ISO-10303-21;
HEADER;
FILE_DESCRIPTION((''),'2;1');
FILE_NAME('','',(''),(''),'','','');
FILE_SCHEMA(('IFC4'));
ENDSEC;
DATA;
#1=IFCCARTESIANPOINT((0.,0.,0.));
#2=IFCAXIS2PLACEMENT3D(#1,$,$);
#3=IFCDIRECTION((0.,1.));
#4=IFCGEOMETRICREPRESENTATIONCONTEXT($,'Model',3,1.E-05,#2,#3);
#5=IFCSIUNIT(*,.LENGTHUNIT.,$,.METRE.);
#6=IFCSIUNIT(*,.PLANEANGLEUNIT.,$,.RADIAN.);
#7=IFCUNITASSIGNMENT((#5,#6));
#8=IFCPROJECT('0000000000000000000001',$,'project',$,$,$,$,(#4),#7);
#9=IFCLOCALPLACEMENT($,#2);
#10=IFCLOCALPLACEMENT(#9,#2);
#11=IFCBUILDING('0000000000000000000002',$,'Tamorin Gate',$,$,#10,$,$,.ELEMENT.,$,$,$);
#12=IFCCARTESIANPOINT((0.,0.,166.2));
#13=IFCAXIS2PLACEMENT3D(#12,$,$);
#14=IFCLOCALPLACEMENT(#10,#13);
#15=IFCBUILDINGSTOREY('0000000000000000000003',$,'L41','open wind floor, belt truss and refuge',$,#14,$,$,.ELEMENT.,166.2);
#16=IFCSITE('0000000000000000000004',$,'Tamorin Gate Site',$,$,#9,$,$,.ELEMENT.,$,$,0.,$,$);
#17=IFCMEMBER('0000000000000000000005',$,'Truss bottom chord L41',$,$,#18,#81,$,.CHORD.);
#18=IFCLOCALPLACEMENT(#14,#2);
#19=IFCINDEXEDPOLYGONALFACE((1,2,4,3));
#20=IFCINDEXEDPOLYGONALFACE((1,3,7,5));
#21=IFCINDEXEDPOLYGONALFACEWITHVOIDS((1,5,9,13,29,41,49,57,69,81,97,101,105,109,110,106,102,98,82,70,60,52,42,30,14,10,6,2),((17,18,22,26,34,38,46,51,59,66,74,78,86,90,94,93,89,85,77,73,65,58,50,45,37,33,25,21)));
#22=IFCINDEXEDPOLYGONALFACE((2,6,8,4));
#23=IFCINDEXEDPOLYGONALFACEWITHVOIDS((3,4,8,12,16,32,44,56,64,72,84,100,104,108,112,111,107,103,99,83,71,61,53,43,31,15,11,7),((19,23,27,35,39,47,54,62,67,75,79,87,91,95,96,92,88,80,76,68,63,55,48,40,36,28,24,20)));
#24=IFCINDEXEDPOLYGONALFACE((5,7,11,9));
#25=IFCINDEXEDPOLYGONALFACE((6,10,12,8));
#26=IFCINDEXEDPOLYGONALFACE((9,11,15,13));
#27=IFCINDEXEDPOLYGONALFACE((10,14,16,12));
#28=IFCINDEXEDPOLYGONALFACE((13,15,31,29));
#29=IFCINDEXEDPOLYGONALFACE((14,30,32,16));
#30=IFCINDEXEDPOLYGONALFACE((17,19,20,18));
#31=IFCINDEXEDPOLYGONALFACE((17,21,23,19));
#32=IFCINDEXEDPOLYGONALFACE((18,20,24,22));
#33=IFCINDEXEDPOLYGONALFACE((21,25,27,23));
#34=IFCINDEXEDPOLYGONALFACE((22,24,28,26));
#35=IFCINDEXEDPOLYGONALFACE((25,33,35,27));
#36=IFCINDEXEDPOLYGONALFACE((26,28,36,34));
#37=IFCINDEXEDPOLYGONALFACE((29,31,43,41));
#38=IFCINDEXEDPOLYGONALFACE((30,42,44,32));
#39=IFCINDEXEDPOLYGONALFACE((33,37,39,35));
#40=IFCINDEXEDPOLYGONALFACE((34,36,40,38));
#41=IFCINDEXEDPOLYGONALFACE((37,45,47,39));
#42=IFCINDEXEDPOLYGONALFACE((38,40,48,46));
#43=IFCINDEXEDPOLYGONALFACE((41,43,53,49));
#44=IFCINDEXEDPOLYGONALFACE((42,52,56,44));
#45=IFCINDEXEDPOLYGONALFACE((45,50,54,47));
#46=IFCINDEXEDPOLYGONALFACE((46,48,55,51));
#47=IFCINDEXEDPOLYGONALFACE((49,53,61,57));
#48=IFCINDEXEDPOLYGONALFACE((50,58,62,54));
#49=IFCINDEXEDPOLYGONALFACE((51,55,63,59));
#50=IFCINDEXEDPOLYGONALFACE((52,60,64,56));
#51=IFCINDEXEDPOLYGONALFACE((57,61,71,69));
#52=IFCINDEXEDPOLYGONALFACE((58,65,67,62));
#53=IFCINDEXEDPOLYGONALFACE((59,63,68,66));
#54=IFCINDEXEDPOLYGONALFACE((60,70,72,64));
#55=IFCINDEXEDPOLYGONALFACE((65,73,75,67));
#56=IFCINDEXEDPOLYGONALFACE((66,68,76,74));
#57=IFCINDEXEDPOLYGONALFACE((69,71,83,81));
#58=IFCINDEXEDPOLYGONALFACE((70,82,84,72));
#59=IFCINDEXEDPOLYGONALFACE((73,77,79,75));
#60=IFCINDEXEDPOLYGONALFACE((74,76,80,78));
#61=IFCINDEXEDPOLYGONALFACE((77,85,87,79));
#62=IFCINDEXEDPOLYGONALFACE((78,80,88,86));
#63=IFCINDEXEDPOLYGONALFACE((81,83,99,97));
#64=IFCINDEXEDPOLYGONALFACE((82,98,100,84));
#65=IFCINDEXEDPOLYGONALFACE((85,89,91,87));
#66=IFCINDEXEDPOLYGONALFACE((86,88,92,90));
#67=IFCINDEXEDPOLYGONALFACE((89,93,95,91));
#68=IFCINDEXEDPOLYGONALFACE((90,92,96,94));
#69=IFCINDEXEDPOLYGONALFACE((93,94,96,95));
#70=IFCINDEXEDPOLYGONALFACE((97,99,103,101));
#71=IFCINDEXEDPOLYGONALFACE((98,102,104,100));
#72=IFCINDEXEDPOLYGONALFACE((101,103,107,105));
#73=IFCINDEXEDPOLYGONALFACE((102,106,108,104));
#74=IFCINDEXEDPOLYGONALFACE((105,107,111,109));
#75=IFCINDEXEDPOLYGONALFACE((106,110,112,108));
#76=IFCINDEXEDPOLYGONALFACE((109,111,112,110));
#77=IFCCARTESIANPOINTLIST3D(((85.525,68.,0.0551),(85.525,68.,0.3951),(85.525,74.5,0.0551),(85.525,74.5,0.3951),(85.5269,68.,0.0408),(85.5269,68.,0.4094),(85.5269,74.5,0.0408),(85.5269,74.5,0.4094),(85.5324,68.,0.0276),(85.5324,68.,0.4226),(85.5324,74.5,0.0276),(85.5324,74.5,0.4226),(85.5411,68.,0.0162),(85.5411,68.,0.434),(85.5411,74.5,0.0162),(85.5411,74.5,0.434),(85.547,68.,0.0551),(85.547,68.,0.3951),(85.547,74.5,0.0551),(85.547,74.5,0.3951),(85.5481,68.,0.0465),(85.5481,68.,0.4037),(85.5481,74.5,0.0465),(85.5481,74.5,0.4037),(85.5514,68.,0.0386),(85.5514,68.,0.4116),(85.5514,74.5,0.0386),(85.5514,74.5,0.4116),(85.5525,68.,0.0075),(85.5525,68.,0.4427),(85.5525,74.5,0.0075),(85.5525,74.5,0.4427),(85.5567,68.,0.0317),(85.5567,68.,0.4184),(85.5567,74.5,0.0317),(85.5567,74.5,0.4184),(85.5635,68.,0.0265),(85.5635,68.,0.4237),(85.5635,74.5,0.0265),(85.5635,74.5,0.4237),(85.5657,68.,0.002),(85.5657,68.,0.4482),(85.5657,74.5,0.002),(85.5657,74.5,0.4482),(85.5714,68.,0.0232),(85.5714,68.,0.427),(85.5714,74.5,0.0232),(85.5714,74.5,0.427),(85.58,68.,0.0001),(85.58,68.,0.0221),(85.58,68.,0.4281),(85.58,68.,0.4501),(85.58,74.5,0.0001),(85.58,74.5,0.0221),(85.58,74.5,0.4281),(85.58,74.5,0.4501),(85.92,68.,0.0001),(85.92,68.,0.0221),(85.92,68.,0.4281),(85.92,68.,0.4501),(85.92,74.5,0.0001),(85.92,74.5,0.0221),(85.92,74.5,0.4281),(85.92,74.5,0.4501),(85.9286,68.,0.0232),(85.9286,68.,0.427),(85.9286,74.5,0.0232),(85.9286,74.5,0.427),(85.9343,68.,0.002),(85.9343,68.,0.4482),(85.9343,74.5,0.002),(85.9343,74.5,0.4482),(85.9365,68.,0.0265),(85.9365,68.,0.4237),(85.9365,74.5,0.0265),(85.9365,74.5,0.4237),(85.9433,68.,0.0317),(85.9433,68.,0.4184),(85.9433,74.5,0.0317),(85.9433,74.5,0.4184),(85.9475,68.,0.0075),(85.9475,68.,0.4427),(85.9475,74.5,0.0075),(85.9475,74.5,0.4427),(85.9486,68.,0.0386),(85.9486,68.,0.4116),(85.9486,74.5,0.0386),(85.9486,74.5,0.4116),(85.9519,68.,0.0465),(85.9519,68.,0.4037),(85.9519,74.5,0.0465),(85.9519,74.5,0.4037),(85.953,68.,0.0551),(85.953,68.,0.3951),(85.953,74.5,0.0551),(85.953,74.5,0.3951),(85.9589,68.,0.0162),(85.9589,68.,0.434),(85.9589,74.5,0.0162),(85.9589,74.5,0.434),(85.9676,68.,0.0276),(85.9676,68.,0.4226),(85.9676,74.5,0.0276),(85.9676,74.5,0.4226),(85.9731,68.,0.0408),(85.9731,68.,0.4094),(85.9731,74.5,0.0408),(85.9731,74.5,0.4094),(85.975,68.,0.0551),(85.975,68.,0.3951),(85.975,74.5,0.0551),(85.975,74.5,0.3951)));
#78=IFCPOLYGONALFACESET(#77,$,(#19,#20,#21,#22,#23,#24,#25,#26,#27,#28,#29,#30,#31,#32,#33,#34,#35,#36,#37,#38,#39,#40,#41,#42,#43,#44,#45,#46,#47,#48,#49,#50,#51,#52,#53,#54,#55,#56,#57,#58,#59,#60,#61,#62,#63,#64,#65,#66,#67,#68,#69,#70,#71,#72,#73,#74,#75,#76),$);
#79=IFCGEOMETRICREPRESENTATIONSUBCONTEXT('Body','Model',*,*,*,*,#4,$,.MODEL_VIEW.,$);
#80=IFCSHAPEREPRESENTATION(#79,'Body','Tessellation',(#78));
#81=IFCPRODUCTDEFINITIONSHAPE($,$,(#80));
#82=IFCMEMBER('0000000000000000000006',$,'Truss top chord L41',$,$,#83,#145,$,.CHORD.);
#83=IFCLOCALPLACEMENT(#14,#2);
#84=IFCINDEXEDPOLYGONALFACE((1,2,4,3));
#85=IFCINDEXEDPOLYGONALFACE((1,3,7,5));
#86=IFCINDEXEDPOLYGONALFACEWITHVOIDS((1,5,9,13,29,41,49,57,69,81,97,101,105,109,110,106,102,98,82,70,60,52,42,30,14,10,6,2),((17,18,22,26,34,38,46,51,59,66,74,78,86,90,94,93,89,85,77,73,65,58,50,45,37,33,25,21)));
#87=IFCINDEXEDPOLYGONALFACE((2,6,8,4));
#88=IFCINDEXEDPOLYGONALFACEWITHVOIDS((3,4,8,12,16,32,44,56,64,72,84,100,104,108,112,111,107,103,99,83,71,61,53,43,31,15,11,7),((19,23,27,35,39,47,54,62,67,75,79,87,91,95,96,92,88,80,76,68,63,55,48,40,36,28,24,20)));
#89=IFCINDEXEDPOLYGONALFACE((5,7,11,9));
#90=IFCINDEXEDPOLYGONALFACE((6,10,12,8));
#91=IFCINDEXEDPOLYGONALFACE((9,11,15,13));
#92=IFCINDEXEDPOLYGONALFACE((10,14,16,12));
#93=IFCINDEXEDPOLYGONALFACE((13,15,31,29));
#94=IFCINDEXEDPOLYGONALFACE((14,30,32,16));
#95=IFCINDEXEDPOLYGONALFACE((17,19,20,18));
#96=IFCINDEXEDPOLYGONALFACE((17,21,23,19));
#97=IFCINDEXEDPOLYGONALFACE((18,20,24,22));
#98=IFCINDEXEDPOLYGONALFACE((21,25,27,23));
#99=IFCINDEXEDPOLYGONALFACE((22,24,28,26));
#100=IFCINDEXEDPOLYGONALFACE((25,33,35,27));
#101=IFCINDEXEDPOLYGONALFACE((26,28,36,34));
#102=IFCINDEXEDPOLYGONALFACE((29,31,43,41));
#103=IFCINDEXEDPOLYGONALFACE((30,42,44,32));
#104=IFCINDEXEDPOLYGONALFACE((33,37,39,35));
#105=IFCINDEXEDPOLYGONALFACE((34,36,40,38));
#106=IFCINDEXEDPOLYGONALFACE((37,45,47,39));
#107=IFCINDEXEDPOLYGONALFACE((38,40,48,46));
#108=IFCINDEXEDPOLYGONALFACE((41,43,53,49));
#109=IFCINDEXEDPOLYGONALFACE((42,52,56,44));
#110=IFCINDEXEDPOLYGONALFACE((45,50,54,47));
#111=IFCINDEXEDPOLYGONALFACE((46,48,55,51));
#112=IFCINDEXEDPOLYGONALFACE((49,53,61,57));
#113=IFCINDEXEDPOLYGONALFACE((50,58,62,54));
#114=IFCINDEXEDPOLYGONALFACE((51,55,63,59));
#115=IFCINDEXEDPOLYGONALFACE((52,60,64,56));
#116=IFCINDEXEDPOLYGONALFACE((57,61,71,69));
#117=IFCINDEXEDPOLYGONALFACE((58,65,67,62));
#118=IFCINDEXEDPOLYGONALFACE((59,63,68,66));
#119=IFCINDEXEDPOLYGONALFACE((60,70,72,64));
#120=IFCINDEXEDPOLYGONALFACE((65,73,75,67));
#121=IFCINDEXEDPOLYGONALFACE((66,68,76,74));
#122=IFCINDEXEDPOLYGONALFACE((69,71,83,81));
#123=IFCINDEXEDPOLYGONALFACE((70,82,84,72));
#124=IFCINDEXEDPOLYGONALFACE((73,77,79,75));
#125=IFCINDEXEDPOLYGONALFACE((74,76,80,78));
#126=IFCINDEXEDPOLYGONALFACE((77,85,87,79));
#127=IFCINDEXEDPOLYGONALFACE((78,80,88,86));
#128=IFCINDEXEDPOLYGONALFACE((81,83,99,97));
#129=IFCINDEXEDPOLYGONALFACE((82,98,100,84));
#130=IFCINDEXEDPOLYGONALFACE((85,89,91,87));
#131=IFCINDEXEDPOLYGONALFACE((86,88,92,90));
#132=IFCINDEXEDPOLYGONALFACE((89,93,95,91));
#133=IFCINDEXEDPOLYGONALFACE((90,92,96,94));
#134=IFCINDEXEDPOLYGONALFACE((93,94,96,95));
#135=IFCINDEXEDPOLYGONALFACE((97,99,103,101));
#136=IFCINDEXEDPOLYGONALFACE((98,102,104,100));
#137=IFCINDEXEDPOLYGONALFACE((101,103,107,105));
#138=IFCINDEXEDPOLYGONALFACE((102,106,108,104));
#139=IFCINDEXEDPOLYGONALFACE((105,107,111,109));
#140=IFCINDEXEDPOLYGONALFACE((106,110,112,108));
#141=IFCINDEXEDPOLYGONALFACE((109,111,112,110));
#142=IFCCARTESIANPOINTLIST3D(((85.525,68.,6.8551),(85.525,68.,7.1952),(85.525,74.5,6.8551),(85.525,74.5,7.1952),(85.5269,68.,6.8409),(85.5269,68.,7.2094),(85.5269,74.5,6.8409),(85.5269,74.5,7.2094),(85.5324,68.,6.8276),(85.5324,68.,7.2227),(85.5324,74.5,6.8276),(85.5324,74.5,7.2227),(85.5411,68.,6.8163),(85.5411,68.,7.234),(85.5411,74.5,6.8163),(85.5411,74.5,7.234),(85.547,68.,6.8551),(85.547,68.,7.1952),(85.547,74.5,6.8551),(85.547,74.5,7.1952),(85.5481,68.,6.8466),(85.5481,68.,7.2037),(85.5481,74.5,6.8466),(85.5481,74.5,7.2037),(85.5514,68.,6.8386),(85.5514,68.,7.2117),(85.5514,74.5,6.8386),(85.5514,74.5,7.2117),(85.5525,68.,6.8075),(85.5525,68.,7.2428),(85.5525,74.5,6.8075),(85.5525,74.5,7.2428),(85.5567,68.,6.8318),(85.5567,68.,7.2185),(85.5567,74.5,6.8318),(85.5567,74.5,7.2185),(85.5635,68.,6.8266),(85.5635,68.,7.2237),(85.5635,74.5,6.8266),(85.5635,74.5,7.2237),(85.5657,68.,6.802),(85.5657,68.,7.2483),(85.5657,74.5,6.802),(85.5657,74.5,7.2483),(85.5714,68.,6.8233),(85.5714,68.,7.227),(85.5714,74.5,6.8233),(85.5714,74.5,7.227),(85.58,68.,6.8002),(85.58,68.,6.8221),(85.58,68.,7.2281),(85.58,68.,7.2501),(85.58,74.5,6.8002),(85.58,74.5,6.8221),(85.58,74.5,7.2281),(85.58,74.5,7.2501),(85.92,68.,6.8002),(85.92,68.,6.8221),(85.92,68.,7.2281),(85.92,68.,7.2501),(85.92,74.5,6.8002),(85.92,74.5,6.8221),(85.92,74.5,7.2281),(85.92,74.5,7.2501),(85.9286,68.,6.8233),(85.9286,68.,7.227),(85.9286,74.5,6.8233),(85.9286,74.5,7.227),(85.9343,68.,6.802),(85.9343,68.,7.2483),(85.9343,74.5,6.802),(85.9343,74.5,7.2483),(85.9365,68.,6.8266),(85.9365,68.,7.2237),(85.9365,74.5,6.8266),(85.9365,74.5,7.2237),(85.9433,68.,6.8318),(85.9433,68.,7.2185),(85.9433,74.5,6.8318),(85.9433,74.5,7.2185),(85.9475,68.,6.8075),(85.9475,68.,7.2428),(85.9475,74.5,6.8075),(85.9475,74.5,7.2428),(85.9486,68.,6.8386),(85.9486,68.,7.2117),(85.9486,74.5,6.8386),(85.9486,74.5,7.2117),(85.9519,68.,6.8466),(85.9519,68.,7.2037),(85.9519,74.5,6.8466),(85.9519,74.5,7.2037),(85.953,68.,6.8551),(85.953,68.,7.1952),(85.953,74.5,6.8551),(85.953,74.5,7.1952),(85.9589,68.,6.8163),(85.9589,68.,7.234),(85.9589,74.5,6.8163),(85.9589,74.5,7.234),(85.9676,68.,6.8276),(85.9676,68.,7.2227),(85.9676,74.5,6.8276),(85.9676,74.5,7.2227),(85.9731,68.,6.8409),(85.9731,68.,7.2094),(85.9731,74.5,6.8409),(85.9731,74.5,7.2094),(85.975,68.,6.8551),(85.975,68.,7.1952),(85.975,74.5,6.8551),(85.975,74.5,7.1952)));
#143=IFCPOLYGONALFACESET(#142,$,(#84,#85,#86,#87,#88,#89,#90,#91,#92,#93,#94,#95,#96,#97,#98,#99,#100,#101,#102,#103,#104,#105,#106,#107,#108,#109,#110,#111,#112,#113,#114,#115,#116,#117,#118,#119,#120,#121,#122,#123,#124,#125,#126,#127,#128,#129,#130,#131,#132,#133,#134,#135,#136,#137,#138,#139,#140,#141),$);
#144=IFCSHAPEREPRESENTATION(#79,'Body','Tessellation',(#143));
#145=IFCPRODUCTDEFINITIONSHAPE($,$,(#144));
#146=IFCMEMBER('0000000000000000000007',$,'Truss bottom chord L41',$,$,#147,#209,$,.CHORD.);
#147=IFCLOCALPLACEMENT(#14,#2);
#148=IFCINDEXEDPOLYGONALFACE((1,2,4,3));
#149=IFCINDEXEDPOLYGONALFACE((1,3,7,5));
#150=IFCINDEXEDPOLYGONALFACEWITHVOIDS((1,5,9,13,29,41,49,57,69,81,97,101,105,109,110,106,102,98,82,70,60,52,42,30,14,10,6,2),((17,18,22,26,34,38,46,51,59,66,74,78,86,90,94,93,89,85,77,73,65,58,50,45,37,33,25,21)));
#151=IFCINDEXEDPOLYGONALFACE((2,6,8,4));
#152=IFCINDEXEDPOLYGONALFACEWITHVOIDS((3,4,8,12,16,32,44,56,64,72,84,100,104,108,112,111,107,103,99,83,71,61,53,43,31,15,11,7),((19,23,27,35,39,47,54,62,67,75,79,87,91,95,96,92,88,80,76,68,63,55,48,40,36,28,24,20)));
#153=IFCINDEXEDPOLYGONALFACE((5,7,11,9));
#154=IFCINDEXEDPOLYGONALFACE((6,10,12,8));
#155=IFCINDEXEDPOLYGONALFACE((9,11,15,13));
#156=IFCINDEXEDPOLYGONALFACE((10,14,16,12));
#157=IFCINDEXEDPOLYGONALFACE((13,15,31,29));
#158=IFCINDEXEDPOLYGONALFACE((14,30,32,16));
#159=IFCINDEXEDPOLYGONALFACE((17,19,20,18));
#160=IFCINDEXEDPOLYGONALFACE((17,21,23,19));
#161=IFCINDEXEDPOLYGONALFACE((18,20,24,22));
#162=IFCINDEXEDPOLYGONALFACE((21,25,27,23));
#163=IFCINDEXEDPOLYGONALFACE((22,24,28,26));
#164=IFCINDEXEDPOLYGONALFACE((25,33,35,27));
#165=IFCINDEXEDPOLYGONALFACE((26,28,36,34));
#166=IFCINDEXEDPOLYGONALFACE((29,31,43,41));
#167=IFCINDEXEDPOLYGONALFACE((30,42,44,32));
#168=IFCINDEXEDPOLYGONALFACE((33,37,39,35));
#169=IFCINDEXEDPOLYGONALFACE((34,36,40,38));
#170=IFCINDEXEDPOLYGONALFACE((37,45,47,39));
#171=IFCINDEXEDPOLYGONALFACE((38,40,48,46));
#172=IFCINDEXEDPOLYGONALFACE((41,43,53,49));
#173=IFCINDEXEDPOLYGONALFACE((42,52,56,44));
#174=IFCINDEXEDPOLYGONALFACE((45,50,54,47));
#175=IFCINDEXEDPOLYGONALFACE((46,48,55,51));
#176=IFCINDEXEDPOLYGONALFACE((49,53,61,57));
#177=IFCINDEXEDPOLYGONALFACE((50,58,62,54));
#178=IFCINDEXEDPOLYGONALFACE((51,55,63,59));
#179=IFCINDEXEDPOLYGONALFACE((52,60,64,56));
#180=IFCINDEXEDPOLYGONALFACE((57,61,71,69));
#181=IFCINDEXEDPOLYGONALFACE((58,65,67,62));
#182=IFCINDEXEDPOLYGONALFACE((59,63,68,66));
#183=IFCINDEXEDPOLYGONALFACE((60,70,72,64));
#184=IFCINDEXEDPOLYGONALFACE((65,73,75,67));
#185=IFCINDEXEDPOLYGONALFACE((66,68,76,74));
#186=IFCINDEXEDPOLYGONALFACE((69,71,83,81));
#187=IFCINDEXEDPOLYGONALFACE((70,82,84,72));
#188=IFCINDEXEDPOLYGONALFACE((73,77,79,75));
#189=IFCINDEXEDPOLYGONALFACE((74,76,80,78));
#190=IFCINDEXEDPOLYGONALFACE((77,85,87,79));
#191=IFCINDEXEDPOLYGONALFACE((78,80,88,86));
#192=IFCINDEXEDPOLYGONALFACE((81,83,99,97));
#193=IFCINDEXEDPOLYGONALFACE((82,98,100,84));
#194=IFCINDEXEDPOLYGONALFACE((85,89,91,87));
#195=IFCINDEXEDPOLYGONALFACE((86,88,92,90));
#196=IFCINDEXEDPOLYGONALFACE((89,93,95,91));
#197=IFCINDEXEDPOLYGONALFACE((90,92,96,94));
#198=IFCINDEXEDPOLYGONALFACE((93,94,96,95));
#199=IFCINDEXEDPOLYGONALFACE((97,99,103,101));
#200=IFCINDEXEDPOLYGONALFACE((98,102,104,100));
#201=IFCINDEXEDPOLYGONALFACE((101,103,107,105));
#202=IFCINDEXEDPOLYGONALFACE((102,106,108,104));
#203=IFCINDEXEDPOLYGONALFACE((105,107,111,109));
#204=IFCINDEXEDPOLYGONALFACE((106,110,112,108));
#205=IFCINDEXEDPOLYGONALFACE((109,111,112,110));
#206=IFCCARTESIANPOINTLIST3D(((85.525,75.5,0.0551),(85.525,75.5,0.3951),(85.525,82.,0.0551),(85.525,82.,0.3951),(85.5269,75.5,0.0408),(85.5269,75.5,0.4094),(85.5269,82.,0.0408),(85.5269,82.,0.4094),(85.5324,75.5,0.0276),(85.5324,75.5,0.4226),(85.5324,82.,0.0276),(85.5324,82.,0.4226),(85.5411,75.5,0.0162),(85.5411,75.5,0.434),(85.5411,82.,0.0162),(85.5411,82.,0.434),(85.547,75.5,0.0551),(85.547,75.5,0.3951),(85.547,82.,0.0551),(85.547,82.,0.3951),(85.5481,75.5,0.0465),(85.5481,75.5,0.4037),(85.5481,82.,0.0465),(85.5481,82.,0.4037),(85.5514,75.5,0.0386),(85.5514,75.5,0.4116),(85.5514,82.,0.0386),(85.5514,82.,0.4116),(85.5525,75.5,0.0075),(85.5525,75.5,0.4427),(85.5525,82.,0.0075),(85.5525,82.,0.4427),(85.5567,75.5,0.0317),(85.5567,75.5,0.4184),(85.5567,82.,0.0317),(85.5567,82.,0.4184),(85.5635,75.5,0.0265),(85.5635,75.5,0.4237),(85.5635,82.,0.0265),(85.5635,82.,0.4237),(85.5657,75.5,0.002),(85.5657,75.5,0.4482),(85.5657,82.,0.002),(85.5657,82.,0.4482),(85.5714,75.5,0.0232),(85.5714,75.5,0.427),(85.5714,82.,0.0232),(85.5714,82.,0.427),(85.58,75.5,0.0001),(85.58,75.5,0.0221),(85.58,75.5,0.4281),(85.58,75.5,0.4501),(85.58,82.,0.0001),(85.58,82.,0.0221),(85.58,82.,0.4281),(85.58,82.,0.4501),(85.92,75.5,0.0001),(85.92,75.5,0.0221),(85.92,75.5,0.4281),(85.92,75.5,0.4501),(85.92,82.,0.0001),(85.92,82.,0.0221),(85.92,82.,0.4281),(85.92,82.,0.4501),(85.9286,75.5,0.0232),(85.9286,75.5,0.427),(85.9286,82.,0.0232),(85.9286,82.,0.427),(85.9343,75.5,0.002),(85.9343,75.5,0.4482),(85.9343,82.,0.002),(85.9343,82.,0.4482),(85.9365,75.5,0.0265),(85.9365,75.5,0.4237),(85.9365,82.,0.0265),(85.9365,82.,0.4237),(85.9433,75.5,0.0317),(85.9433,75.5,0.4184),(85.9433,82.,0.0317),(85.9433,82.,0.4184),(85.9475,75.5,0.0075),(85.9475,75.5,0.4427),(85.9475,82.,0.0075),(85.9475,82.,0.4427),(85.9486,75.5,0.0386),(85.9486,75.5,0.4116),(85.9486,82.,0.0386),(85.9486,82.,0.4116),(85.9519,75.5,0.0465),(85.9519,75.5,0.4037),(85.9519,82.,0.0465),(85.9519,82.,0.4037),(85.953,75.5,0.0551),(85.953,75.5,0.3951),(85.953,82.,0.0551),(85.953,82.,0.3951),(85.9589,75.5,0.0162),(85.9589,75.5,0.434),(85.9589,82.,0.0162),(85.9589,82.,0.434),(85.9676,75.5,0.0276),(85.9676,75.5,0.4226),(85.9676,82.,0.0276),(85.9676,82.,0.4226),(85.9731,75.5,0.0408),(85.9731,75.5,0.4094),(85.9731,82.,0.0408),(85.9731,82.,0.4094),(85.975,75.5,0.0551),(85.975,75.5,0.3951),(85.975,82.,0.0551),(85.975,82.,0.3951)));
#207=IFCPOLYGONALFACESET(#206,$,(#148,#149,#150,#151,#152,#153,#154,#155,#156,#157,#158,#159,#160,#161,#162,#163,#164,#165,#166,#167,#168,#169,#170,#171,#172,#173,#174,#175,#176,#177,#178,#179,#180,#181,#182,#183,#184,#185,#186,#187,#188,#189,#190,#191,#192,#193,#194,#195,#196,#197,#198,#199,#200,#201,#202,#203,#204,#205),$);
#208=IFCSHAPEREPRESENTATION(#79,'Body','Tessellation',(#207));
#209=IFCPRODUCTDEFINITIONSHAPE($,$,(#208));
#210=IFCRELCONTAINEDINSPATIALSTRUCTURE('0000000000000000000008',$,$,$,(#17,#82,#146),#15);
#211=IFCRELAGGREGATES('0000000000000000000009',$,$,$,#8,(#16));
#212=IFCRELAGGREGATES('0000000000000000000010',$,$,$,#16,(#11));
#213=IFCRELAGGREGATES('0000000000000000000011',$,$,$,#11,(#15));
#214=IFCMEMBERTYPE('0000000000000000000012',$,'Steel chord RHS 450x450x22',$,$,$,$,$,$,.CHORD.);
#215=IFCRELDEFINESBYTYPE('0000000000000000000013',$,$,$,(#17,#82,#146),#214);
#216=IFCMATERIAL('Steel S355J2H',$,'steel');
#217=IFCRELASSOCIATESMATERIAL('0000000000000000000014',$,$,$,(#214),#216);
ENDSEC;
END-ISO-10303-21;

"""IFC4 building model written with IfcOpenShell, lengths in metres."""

from ifc_helpers import new_model, si_unit, direction, frame, origin, origin_2d, place, context, subcontext, project, spatial, hollow_rectangle, extrude, material, material_profile, profile_set, type_object, element, save


model = new_model("IFC4")

# Units and contexts
model_context = context("Model", 3, precision=1e-05, world=origin(), true_north=direction((0.0, 1.0)))
body_context = subcontext(model_context, "Body", "Model", "MODEL_VIEW")
ifc_project = project(units=[si_unit("LENGTHUNIT", "METRE"), si_unit("PLANEANGLEUNIT", "RADIAN")], contexts=[model_context])

# Site, building, storey
site_placement = place(None, origin())
site = spatial("IfcSite", under=ifc_project, at=site_placement, Name="Tamorin Gate Site", CompositionType="ELEMENT", RefElevation=0.0)
building_placement = place(site_placement, origin())
building = spatial("IfcBuilding", under=site, at=building_placement, Name="Tamorin Gate", CompositionType="ELEMENT")
storey_placement = place(building_placement, frame((0.0, 0.0, 166.2)))
storey = spatial("IfcBuildingStorey", under=building, at=storey_placement, Name="L41", Description="open wind floor, belt truss and refuge", CompositionType="ELEMENT", Elevation=166.2)

# Members
ifc_material_1 = material(Name="Steel S355J2H", Category="steel")
ifc_material_profile_1 = material_profile(ifc_material_1, hollow_rectangle(XDim=0.45, YDim=0.45, WallThickness=0.022, InnerFilletRadius=0.033, OuterFilletRadius=0.0549, at=origin_2d()), Name="RHS 450x450x22")
ifc_profile_set_1 = profile_set([ifc_material_profile_1], Name="Steel S355J2H")
member_type_1 = type_object("IfcMemberType", Name="Steel chord RHS 450x450x22", PredefinedType="CHORD", material=ifc_profile_set_1)
for number, where, z_axis, x_axis, name in (
    (1, (85.75, 68.0, 0.2251), (0.0, 1.0, 0.0), (-1.0, 0.0, 0.0), "Truss bottom chord L41"),
    (2, (85.75, 68.0, 7.0251), (0.0, 1.0, 0.0), (-1.0, 0.0, 0.0), "Truss top chord L41"),
    (3, (85.75, 75.5, 0.2251), (0.0, 1.0, 0.0), (-1.0, 0.0, 0.0), "Truss bottom chord L41"),
):
    element("IfcMember", number, at=place(storey_placement, frame(where, z_axis=z_axis, x_axis=x_axis)), inside=storey, type_object=member_type_1, Name=name, PredefinedType="CHORD", context=body_context, shape_type="SweptSolid", body=[
        extrude(hollow_rectangle(XDim=0.45, YDim=0.45, WallThickness=0.022, InnerFilletRadius=0.033, OuterFilletRadius=0.0549, at=origin_2d()), origin(), (0.0, 0.0, 1.0), 6.5),
    ])

save(model, "model.ifc")
